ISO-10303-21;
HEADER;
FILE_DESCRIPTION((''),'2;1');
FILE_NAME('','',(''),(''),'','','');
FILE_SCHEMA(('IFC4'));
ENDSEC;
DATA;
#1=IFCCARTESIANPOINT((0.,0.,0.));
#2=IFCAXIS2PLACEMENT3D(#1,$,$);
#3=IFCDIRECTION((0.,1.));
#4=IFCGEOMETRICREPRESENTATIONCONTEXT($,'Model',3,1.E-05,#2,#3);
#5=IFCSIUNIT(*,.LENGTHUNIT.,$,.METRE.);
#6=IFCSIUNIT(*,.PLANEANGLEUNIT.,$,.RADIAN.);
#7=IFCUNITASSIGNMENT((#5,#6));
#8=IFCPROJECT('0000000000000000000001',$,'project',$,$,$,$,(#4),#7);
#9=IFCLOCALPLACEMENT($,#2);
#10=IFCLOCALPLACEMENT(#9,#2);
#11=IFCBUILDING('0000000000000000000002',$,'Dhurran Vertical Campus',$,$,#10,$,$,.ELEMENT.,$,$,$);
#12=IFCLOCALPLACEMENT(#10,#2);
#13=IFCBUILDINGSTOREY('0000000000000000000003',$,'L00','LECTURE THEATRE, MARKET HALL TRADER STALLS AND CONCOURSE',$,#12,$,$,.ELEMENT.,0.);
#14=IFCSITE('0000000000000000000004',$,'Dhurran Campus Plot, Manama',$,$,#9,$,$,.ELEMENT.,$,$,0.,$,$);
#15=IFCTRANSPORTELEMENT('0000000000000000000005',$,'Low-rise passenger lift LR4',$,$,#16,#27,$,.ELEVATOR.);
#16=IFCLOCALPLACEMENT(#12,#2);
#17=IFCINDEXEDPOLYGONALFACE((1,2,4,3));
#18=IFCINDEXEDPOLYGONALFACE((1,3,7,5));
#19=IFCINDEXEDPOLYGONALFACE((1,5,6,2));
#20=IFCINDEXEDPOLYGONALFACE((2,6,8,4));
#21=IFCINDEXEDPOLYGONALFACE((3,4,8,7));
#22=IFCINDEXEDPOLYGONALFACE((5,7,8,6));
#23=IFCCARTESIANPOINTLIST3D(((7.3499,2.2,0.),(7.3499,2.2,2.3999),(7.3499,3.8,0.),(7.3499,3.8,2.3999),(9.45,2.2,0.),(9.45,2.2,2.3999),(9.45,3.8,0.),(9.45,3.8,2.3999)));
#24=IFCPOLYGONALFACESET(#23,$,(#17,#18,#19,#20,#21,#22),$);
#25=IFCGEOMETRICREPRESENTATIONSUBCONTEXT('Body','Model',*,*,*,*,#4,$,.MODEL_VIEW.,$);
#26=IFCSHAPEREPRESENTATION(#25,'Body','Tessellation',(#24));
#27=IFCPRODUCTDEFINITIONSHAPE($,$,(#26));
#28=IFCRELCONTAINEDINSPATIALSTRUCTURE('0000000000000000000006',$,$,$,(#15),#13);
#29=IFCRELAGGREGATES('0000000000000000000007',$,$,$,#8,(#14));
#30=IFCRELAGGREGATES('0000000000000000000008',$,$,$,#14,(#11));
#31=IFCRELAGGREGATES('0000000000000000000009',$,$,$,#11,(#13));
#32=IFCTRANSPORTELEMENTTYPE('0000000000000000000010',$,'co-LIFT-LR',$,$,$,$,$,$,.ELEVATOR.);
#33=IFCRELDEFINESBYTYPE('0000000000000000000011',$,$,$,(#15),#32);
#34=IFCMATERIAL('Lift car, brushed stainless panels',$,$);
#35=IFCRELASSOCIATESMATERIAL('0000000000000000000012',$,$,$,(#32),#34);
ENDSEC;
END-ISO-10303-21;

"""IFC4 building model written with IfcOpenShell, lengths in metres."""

from ifc_helpers import new_model, si_unit, direction, frame, origin, origin_2d, place, context, subcontext, project, spatial, rectangle, extrude, material, type_object, element, save


model = new_model("IFC4")

# Units and contexts
model_context = context("Model", 3, precision=1e-05, world=origin(), true_north=direction((0.0, 1.0)))
body_context = subcontext(model_context, "Body", "Model", "MODEL_VIEW")
ifc_project = project(units=[si_unit("LENGTHUNIT", "METRE"), si_unit("PLANEANGLEUNIT", "RADIAN")], contexts=[model_context])

# Site, building, storey
site_placement = place(None, origin())
site = spatial("IfcSite", under=ifc_project, at=site_placement, Name="Dhurran Campus Plot, Manama", CompositionType="ELEMENT", RefElevation=0.0)
building_placement = place(site_placement, origin())
building = spatial("IfcBuilding", under=site, at=building_placement, Name="Dhurran Vertical Campus", CompositionType="ELEMENT")
storey_placement = place(building_placement, origin())
storey = spatial("IfcBuildingStorey", under=building, at=storey_placement, Name="L00", Description="LECTURE THEATRE, MARKET HALL TRADER STALLS AND CONCOURSE", CompositionType="ELEMENT", Elevation=0.0)

# Transport element
ifc_material_1 = material(Name="Lift car, brushed stainless panels")
transport_element_type = type_object("IfcTransportElementType", Name="co-LIFT-LR", PredefinedType="ELEVATOR", material=ifc_material_1)
for number, where, z_axis, x_axis, name in (
    (1, (8.3999, 3.0, 0.0), (0.0, 0.0, 1.0), (1.0, 0.0, 0.0), "Low-rise passenger lift LR4"),
):
    element("IfcTransportElement", number, at=place(storey_placement, frame(where, z_axis=z_axis, x_axis=x_axis)), inside=storey, type_object=transport_element_type, Name=name, PredefinedType="ELEVATOR", context=body_context, shape_type="SweptSolid", body=[
        extrude(rectangle(XDim=2.1001, YDim=1.6001, at=origin_2d()), origin(), (0.0, 0.0, 1.0), 2.3999),
    ])

save(model, "model.ifc")
